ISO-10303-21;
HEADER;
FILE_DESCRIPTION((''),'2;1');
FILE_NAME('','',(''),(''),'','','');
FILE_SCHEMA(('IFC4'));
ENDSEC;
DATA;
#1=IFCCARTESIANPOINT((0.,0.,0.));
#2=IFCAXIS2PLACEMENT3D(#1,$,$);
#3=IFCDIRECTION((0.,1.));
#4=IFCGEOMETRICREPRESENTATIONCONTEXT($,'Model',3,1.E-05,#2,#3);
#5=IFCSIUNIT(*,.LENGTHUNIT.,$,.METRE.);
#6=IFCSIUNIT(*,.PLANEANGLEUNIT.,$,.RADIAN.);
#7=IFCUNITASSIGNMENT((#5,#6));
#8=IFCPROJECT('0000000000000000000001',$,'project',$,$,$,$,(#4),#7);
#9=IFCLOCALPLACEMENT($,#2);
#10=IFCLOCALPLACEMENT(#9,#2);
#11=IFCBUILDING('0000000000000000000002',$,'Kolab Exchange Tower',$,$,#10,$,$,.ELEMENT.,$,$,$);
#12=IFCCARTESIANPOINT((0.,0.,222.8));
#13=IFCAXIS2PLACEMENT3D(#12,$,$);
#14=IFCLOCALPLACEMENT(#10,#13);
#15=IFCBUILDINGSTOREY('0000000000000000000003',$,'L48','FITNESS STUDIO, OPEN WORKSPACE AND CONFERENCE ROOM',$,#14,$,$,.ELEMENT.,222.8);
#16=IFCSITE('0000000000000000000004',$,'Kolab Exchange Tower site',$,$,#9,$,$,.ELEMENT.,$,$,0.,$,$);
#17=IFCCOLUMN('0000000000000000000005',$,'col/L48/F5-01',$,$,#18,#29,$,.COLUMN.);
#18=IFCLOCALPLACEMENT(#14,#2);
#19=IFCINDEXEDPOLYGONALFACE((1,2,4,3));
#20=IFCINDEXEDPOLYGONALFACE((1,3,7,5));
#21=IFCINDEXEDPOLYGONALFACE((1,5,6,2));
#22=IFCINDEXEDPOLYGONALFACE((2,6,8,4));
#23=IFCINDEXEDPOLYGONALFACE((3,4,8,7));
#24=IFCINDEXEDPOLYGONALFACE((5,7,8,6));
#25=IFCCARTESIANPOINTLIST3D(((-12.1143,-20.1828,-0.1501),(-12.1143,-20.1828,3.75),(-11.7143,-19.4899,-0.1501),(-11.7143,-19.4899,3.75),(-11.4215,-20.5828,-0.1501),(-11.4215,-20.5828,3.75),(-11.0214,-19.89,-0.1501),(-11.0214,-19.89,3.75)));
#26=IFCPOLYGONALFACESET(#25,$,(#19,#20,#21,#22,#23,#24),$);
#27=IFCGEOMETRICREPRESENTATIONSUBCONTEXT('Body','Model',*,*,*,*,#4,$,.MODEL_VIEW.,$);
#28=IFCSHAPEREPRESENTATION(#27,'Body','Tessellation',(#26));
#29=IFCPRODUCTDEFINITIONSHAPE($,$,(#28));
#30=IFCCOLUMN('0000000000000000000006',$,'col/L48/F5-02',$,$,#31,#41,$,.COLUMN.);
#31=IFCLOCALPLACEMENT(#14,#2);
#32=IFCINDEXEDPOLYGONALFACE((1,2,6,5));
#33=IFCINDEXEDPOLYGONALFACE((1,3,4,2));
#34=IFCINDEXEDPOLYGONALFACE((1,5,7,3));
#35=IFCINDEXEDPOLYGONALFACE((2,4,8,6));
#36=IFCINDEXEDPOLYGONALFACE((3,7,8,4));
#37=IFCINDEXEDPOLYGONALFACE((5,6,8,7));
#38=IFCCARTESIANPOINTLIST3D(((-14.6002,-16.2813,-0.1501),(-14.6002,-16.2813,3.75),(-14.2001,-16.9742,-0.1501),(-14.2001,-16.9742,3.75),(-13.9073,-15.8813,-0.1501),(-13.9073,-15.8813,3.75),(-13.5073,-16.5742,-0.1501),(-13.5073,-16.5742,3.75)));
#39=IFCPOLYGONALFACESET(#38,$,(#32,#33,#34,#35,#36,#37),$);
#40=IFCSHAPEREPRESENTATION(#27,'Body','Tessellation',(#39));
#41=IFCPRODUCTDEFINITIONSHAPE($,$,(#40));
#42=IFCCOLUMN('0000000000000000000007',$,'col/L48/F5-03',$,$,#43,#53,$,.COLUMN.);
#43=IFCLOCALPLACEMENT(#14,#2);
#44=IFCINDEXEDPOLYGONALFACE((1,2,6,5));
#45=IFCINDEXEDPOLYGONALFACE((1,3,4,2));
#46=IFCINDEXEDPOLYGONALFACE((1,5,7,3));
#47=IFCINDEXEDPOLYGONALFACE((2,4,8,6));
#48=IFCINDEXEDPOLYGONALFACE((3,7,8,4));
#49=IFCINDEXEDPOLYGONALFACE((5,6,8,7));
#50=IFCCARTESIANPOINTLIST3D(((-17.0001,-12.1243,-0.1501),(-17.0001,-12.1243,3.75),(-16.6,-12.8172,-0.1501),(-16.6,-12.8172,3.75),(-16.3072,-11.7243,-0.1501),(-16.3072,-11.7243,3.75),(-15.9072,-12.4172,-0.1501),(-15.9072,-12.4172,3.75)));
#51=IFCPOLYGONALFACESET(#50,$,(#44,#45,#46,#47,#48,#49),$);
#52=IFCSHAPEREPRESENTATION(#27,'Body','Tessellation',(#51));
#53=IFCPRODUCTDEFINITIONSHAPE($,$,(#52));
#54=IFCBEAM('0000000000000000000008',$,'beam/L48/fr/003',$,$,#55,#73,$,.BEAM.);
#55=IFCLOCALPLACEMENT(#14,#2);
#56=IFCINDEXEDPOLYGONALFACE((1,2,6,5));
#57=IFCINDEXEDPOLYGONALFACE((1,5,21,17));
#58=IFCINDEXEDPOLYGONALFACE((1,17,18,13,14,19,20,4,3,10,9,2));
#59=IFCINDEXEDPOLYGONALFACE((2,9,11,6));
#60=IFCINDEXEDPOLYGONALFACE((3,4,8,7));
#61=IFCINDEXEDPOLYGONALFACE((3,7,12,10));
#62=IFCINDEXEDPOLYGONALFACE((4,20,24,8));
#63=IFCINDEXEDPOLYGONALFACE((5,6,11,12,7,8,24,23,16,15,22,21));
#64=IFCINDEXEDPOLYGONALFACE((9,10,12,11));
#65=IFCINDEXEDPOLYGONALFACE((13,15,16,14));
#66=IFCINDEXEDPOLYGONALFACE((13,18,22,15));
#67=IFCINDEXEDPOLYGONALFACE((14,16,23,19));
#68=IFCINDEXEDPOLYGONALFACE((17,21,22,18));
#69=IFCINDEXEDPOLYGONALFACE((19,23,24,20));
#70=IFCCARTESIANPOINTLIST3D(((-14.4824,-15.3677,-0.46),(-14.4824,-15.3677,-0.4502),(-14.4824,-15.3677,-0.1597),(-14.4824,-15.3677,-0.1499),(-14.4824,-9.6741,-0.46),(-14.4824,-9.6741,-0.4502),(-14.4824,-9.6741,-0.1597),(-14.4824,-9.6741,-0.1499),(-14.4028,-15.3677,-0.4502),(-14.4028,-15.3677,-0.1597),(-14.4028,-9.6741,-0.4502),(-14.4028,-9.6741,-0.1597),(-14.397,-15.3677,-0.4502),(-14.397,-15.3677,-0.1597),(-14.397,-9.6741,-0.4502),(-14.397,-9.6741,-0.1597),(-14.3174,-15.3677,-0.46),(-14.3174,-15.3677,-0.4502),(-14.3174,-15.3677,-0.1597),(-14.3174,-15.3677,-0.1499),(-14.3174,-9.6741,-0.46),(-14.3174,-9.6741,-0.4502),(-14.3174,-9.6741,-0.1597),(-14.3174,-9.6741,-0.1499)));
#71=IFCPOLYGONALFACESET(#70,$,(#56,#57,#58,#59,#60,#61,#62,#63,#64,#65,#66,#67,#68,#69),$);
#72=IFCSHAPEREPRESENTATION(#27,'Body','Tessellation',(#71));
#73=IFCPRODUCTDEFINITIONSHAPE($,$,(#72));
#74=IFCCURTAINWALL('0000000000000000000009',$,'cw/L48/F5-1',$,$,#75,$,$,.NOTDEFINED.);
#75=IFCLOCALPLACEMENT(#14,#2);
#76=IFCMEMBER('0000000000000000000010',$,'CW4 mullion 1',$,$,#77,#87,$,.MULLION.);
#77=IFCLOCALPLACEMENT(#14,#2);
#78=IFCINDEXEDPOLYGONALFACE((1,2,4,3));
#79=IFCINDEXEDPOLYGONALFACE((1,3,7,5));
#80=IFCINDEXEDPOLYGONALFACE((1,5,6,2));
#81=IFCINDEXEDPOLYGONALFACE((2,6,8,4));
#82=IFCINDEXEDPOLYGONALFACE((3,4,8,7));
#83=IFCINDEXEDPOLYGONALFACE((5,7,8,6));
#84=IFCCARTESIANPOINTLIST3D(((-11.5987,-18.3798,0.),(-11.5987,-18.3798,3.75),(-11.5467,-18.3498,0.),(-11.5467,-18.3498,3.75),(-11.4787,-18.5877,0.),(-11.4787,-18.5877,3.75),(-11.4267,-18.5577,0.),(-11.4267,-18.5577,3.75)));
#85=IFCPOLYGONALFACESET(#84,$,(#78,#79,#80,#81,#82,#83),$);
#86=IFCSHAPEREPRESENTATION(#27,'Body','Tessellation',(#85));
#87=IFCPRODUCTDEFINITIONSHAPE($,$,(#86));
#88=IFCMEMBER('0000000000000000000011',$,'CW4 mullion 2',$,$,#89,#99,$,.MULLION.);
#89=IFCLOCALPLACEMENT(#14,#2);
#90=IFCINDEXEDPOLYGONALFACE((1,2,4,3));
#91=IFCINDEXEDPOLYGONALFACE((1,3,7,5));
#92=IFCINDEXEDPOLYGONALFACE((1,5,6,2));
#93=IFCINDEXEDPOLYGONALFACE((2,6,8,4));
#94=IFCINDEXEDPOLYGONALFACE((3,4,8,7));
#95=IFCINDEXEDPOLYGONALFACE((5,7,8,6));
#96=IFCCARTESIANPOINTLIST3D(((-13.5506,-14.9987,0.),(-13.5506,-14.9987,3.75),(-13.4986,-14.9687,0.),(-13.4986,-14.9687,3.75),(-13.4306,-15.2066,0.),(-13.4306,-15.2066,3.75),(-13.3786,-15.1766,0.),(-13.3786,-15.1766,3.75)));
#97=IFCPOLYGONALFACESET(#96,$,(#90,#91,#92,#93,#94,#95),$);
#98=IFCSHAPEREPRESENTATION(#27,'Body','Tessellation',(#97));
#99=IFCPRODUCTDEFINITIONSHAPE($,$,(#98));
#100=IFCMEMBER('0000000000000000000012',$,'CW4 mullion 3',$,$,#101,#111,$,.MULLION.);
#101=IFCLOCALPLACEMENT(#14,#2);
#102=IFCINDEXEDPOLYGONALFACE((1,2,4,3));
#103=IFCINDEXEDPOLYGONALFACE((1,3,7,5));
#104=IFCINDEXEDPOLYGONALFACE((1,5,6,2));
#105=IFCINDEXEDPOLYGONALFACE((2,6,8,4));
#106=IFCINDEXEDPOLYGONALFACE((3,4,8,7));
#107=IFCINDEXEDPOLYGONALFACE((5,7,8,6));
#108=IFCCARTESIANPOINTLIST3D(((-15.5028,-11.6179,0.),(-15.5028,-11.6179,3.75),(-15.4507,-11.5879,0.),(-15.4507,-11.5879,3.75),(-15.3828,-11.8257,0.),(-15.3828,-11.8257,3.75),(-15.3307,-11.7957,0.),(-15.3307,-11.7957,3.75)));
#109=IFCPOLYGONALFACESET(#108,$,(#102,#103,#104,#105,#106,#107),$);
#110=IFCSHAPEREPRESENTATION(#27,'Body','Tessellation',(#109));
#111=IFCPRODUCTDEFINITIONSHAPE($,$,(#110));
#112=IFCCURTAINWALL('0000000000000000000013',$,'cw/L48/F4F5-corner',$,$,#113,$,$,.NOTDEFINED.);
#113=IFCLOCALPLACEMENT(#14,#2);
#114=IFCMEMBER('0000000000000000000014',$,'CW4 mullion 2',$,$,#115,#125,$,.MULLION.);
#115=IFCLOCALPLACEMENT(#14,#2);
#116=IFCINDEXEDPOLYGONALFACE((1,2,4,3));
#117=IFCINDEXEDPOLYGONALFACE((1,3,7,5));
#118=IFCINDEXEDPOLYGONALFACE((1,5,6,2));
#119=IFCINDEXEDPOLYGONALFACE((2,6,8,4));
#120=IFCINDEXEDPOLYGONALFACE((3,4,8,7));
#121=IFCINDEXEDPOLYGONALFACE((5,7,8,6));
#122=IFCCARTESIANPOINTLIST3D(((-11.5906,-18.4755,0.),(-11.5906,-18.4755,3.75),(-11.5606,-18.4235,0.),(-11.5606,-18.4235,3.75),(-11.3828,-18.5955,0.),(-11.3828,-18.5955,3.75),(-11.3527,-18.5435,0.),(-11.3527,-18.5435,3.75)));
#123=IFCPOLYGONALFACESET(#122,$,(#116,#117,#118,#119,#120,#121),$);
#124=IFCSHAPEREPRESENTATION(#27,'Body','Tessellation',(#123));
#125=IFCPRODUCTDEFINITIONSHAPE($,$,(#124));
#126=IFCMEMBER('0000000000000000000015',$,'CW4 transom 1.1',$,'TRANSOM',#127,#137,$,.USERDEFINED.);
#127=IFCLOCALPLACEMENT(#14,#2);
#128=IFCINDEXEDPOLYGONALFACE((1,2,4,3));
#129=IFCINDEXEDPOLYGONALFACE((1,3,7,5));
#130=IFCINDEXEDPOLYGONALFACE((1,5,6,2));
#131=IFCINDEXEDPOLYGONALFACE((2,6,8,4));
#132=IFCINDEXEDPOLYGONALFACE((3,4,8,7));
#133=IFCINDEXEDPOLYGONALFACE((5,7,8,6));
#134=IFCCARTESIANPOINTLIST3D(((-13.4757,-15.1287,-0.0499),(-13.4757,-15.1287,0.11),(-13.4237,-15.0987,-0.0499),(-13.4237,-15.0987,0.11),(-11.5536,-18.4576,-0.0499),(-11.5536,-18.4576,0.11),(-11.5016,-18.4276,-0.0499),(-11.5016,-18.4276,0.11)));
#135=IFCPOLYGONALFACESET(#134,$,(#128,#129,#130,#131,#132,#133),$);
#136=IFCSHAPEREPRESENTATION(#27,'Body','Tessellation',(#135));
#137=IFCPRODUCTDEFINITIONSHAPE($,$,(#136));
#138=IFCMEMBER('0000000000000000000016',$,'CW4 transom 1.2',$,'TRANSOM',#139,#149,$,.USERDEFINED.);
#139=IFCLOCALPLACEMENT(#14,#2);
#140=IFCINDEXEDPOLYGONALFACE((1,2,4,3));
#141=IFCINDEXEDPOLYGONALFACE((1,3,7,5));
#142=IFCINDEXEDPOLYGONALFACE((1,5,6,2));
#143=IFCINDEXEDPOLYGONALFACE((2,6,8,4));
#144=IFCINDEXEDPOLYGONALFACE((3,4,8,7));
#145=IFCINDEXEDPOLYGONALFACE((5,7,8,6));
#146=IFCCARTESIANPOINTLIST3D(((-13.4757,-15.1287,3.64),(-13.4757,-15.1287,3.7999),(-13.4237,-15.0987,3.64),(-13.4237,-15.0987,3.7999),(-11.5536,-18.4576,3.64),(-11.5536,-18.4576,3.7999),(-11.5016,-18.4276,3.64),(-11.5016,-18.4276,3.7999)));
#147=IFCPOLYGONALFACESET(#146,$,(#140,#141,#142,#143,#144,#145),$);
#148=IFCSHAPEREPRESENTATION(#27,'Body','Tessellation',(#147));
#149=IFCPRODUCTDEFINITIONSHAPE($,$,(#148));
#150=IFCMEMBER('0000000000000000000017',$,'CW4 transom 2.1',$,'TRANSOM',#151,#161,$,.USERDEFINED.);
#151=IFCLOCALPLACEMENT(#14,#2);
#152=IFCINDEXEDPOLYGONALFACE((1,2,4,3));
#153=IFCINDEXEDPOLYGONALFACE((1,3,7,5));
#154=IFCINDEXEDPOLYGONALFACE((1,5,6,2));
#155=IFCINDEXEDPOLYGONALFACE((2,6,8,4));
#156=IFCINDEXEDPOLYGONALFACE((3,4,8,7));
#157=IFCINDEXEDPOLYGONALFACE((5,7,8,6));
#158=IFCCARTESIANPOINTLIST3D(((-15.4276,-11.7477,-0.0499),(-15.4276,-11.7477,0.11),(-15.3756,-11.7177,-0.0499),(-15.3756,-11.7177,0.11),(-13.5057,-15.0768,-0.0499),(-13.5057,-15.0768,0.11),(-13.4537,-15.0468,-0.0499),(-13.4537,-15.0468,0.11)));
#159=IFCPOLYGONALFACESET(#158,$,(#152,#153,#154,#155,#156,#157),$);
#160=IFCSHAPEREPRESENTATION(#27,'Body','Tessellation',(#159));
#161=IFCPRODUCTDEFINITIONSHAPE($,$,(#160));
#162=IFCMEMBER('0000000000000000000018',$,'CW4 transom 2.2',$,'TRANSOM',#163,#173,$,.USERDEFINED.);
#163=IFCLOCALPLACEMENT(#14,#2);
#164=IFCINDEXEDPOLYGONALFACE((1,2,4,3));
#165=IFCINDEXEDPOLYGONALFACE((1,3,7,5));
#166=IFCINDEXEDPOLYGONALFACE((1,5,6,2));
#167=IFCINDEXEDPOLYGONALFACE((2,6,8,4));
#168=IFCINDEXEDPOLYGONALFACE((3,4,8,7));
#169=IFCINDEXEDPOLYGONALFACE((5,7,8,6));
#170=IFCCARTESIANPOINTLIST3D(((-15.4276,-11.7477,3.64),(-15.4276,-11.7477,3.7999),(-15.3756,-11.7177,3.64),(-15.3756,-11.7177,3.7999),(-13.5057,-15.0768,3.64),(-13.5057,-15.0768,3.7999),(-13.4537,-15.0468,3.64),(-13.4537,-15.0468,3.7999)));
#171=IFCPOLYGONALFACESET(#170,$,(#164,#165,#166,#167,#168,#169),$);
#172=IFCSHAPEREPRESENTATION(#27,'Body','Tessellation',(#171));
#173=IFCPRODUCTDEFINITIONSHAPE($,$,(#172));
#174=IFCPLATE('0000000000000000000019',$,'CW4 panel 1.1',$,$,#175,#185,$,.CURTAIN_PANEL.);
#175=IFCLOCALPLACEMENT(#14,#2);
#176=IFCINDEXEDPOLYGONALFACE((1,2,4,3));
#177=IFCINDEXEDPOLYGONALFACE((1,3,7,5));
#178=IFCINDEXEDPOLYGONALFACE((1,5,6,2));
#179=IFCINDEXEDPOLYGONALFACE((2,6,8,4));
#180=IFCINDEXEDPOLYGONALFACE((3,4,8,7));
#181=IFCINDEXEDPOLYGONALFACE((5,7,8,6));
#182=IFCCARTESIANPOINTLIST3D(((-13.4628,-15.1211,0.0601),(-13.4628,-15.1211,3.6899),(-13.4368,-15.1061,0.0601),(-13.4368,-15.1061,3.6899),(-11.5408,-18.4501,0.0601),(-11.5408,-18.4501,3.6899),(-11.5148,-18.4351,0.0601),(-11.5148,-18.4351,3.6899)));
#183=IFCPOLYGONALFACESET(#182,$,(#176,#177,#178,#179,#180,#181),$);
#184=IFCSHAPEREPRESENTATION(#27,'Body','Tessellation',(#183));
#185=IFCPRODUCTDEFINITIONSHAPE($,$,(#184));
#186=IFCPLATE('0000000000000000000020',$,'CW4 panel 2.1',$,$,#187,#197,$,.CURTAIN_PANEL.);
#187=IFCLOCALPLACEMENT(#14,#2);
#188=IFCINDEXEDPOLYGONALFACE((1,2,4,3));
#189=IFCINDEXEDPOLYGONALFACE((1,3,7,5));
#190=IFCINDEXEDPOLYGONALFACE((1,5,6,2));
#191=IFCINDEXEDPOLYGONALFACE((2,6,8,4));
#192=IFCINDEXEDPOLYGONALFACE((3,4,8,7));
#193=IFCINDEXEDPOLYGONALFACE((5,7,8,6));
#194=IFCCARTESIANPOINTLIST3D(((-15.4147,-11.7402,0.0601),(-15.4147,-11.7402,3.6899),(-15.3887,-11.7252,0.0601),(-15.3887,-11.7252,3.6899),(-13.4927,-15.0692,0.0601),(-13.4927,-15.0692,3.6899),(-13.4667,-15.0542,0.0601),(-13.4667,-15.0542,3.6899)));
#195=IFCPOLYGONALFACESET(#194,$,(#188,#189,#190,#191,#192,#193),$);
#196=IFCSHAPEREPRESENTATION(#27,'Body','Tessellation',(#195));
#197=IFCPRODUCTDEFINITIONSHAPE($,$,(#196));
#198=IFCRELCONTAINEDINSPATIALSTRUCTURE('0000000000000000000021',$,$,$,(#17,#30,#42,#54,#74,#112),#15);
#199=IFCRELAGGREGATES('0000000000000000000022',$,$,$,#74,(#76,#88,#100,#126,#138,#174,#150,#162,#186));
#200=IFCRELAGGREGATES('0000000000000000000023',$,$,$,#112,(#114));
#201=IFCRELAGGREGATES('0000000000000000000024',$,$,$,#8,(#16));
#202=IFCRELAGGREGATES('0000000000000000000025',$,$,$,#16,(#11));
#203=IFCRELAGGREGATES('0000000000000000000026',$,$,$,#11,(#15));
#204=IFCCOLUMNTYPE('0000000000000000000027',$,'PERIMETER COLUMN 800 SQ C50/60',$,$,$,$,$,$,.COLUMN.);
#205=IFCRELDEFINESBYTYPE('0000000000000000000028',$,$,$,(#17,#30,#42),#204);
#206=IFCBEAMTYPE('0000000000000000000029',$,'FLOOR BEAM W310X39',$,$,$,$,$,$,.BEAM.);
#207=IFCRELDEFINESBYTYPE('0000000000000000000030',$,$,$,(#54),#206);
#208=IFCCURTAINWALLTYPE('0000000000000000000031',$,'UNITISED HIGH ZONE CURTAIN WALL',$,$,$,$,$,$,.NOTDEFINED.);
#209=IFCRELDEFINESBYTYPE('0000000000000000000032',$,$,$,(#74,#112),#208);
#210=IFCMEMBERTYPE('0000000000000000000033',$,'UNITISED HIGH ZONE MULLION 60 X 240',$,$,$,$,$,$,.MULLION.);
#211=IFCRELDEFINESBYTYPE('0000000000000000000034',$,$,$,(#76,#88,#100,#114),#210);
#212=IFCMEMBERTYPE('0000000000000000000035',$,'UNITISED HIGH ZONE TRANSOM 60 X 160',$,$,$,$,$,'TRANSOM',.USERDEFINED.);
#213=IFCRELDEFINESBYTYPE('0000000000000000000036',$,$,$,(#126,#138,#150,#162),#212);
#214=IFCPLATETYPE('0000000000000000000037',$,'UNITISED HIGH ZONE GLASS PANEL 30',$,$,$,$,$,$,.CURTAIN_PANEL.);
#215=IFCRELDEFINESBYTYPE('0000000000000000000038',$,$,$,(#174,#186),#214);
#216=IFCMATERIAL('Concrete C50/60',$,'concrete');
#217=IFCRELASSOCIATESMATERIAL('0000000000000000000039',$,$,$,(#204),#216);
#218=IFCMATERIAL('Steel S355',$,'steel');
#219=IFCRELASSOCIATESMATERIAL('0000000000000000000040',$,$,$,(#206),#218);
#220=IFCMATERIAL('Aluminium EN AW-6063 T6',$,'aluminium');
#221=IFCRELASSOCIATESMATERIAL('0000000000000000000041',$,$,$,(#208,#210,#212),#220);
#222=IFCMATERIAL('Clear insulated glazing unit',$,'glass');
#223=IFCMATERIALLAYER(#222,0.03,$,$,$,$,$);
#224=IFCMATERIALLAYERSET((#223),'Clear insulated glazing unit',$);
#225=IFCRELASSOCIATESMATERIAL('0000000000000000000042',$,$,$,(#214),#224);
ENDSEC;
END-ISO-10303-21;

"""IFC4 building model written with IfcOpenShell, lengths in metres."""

from ifc_helpers import new_model, si_unit, direction, frame, origin, origin_2d, place, context, subcontext, project, spatial, rectangle, i_section, extrude, material, layer, layer_set, material_profile, profile_set, type_object, element, aggregate, save


model = new_model("IFC4")

# Units and contexts
model_context = context("Model", 3, precision=1e-05, world=origin(), true_north=direction((0.0, 1.0)))
body_context = subcontext(model_context, "Body", "Model", "MODEL_VIEW")
ifc_project = project(units=[si_unit("LENGTHUNIT", "METRE"), si_unit("PLANEANGLEUNIT", "RADIAN")], contexts=[model_context])

# Site, building, storey
site_placement = place(None, origin())
site = spatial("IfcSite", under=ifc_project, at=site_placement, Name="Kolab Exchange Tower site", CompositionType="ELEMENT", RefElevation=0.0)
building_placement = place(site_placement, origin())
building = spatial("IfcBuilding", under=site, at=building_placement, Name="Kolab Exchange Tower", CompositionType="ELEMENT")
storey_placement = place(building_placement, frame((0.0, 0.0, 222.8)))
storey = spatial("IfcBuildingStorey", under=building, at=storey_placement, Name="L48", Description="FITNESS STUDIO, OPEN WORKSPACE AND CONFERENCE ROOM", CompositionType="ELEMENT", Elevation=222.8)

# Columns
ifc_material_1 = material(Name="Concrete C50/60", Category="concrete")
ifc_material_profile_1 = material_profile(ifc_material_1, rectangle(XDim=0.8, YDim=0.8, at=origin_2d()), Name="RC800")
ifc_profile_set_1 = profile_set([ifc_material_profile_1], Name="Concrete C50/60")
column_type = type_object("IfcColumnType", Name="PERIMETER COLUMN 800 SQ C50/60", PredefinedType="COLUMN", material=ifc_profile_set_1)
for number, where, z_axis, x_axis, name in (
    (1, (-11.5679, -20.0364, -0.1501), (0.0, 0.0, 1.0), (0.5, 0.866025, 0.0), "col/L48/F5-01"),
    (2, (-14.0537, -16.4277, -0.1501), (0.0, 0.0, 1.0), (0.866025, 0.5, 0.0), "col/L48/F5-02"),
    (3, (-16.4536, -12.2708, -0.1501), (0.0, 0.0, 1.0), (0.866025, 0.5, 0.0), "col/L48/F5-03"),
):
    element("IfcColumn", number, at=place(storey_placement, frame(where, z_axis=z_axis, x_axis=x_axis)), inside=storey, type_object=column_type, Name=name, PredefinedType="COLUMN", context=body_context, shape_type="SweptSolid", body=[
        extrude(rectangle(XDim=0.8, YDim=0.8, at=origin_2d()), origin(), (0.0, 0.0, 1.0), 3.9001),
    ])

# Beam
ifc_material_2 = material(Name="Steel S355", Category="steel")
ifc_material_profile_2 = material_profile(ifc_material_2, i_section(OverallWidth=0.165, OverallDepth=0.3101, WebThickness=0.0059, FlangeThickness=0.0098, at=origin_2d()), Name="W310X39")
ifc_profile_set_2 = profile_set([ifc_material_profile_2], Name="Steel S355")
beam_type = type_object("IfcBeamType", Name="FLOOR BEAM W310X39", PredefinedType="BEAM", material=ifc_profile_set_2)
beam_placement = place(storey_placement, frame((-14.3999, -15.3677, -0.3049), z_axis=(0.0, 1.0, 0.0), x_axis=(-1.0, 0.0, 0.0)))
element("IfcBeam", 4, at=beam_placement, inside=storey, type_object=beam_type, Name="beam/L48/fr/003", PredefinedType="BEAM", context=body_context, shape_type="SweptSolid", body=[
    extrude(i_section(OverallWidth=0.165, OverallDepth=0.3101, WebThickness=0.0059, FlangeThickness=0.0098, at=origin_2d()), origin(), (0.0, 0.0, 1.0), 5.6936),
])

# Curtain wall, members
ifc_material_3 = material(Name="Aluminium EN AW-6063 T6", Category="aluminium")
curtain_wall_type = type_object("IfcCurtainWallType", Name="UNITISED HIGH ZONE CURTAIN WALL", PredefinedType="NOTDEFINED", material=ifc_material_3)
curtain_wall_1_placement = place(storey_placement, origin())
curtain_wall_1 = element("IfcCurtainWall", 5, at=curtain_wall_1_placement, inside=storey, type_object=curtain_wall_type, Name="cw/L48/F5-1", PredefinedType="NOTDEFINED")
ifc_material_profile_3 = material_profile(ifc_material_3, rectangle(XDim=0.0601, YDim=0.24, at=origin_2d()), Name="RECT 60X240")
ifc_profile_set_3 = profile_set([ifc_material_profile_3], Name="Aluminium EN AW-6063 T6")
member_type_1 = type_object("IfcMemberType", Name="UNITISED HIGH ZONE MULLION 60 X 240", PredefinedType="MULLION", material=ifc_profile_set_3)
member_1_placement = place(storey_placement, frame((-11.5127, -18.4688, 0.0), z_axis=(0.0, 0.0, 1.0), x_axis=(-0.866025, -0.5, 0.0)))
member_1 = element("IfcMember", 6, at=member_1_placement, type_object=member_type_1, Name="CW4 mullion 1", PredefinedType="MULLION", context=body_context, shape_type="SweptSolid", body=[
    extrude(rectangle(XDim=0.0601, YDim=0.24, at=origin_2d()), origin(), (0.0, 0.0, 1.0), 3.75),
])
member_2_placement = place(storey_placement, frame((-13.4646, -15.0876, 0.0), z_axis=(0.0, 0.0, 1.0), x_axis=(-0.866025, -0.5, 0.0)))
member_2 = element("IfcMember", 7, at=member_2_placement, type_object=member_type_1, Name="CW4 mullion 2", PredefinedType="MULLION", context=body_context, shape_type="SweptSolid", body=[
    extrude(rectangle(XDim=0.0601, YDim=0.24, at=origin_2d()), origin(), (0.0, 0.0, 1.0), 3.75),
])
member_3_placement = place(storey_placement, frame((-15.4167, -11.7068, 0.0), z_axis=(0.0, 0.0, 1.0), x_axis=(-0.866025, -0.5, 0.0)))
member_3 = element("IfcMember", 8, at=member_3_placement, type_object=member_type_1, Name="CW4 mullion 3", PredefinedType="MULLION", context=body_context, shape_type="SweptSolid", body=[
    extrude(rectangle(XDim=0.0601, YDim=0.24, at=origin_2d()), origin(), (0.0, 0.0, 1.0), 3.75),
])

# Curtain wall, member
curtain_wall_2_placement = place(storey_placement, origin())
curtain_wall_2 = element("IfcCurtainWall", 9, at=curtain_wall_2_placement, inside=storey, type_object=curtain_wall_type, Name="cw/L48/F4F5-corner", PredefinedType="NOTDEFINED")
member_4_placement = place(storey_placement, frame((-11.4717, -18.5095, 0.0), z_axis=(0.0, 0.0, 1.0), x_axis=(-0.5, -0.866025, 0.0)))
member_4 = element("IfcMember", 10, at=member_4_placement, type_object=member_type_1, Name="CW4 mullion 2", PredefinedType="MULLION", context=body_context, shape_type="SweptSolid", body=[
    extrude(rectangle(XDim=0.0601, YDim=0.24, at=origin_2d()), origin(), (0.0, 0.0, 1.0), 3.75),
])

# Members
ifc_material_profile_4 = material_profile(ifc_material_3, rectangle(XDim=0.0601, YDim=0.1599, at=origin_2d()), Name="RECT 60X160")
ifc_profile_set_4 = profile_set([ifc_material_profile_4], Name="Aluminium EN AW-6063 T6")
member_type_2 = type_object("IfcMemberType", Name="UNITISED HIGH ZONE TRANSOM 60 X 160", ElementType="TRANSOM", PredefinedType="USERDEFINED", material=ifc_profile_set_4)
member_5_placement = place(storey_placement, frame((-11.5276, -18.4426, 0.03), z_axis=(-0.500039, 0.866003, 0.0), x_axis=(-0.866003, -0.500039, 0.0)))
member_5 = element("IfcMember", 11, at=member_5_placement, type_object=member_type_2, Name="CW4 transom 1.1", ObjectType="TRANSOM", PredefinedType="USERDEFINED", context=body_context, shape_type="SweptSolid", body=[
    extrude(rectangle(XDim=0.0601, YDim=0.1599, at=origin_2d()), origin(), (0.0, 0.0, 1.0), 3.844),
])
member_6_placement = place(storey_placement, frame((-11.5276, -18.4426, 3.72), z_axis=(-0.500039, 0.866003, 0.0), x_axis=(-0.866003, -0.500039, 0.0)))
member_6 = element("IfcMember", 12, at=member_6_placement, type_object=member_type_2, Name="CW4 transom 1.2", ObjectType="TRANSOM", PredefinedType="USERDEFINED", context=body_context, shape_type="SweptSolid", body=[
    extrude(rectangle(XDim=0.0601, YDim=0.1599, at=origin_2d()), origin(), (0.0, 0.0, 1.0), 3.844),
])
member_7_placement = place(storey_placement, frame((-13.4797, -15.0618, 0.03), z_axis=(-0.499964, 0.866046, 0.0), x_axis=(-0.866046, -0.499964, 0.0)))
member_7 = element("IfcMember", 13, at=member_7_placement, type_object=member_type_2, Name="CW4 transom 2.1", ObjectType="TRANSOM", PredefinedType="USERDEFINED", context=body_context, shape_type="SweptSolid", body=[
    extrude(rectangle(XDim=0.0601, YDim=0.1599, at=origin_2d()), origin(), (0.0, 0.0, 1.0), 3.844),
])
member_8_placement = place(storey_placement, frame((-13.4797, -15.0618, 3.72), z_axis=(-0.499964, 0.866046, 0.0), x_axis=(-0.866046, -0.499964, 0.0)))
member_8 = element("IfcMember", 14, at=member_8_placement, type_object=member_type_2, Name="CW4 transom 2.2", ObjectType="TRANSOM", PredefinedType="USERDEFINED", context=body_context, shape_type="SweptSolid", body=[
    extrude(rectangle(XDim=0.0601, YDim=0.1599, at=origin_2d()), origin(), (0.0, 0.0, 1.0), 3.844),
])

# Plates
ifc_material_4 = material(Name="Clear insulated glazing unit", Category="glass")
ifc_layer_1 = layer(ifc_material_4, 0.03)
ifc_layer_set_1 = layer_set([ifc_layer_1], Name="Clear insulated glazing unit")
plate_type = type_object("IfcPlateType", Name="UNITISED HIGH ZONE GLASS PANEL 30", PredefinedType="CURTAIN_PANEL", material=ifc_layer_set_1)
plate_1_placement = place(storey_placement, frame((-12.4888, -16.7781, 0.0601), z_axis=(0.0, 0.0, 1.0), x_axis=(-0.5, 0.866025, 0.0)))
plate_1 = element("IfcPlate", 15, at=plate_1_placement, type_object=plate_type, Name="CW4 panel 1.1", PredefinedType="CURTAIN_PANEL", context=body_context, shape_type="SweptSolid", body=[
    extrude(rectangle(XDim=3.844, YDim=0.03, at=origin_2d()), origin(), (0.0, 0.0, 1.0), 3.6299),
])
plate_2_placement = place(storey_placement, frame((-14.4407, -13.3972, 0.0601), z_axis=(0.0, 0.0, 1.0), x_axis=(-0.5, 0.866025, 0.0)))
plate_2 = element("IfcPlate", 16, at=plate_2_placement, type_object=plate_type, Name="CW4 panel 2.1", PredefinedType="CURTAIN_PANEL", context=body_context, shape_type="SweptSolid", body=[
    extrude(rectangle(XDim=3.844, YDim=0.03, at=origin_2d()), origin(), (0.0, 0.0, 1.0), 3.6299),
])
aggregate(curtain_wall_1, [member_1, member_2, member_3, member_5, member_6, plate_1, member_7, member_8, plate_2])
aggregate(curtain_wall_2, [member_4])

save(model, "model.ifc")
